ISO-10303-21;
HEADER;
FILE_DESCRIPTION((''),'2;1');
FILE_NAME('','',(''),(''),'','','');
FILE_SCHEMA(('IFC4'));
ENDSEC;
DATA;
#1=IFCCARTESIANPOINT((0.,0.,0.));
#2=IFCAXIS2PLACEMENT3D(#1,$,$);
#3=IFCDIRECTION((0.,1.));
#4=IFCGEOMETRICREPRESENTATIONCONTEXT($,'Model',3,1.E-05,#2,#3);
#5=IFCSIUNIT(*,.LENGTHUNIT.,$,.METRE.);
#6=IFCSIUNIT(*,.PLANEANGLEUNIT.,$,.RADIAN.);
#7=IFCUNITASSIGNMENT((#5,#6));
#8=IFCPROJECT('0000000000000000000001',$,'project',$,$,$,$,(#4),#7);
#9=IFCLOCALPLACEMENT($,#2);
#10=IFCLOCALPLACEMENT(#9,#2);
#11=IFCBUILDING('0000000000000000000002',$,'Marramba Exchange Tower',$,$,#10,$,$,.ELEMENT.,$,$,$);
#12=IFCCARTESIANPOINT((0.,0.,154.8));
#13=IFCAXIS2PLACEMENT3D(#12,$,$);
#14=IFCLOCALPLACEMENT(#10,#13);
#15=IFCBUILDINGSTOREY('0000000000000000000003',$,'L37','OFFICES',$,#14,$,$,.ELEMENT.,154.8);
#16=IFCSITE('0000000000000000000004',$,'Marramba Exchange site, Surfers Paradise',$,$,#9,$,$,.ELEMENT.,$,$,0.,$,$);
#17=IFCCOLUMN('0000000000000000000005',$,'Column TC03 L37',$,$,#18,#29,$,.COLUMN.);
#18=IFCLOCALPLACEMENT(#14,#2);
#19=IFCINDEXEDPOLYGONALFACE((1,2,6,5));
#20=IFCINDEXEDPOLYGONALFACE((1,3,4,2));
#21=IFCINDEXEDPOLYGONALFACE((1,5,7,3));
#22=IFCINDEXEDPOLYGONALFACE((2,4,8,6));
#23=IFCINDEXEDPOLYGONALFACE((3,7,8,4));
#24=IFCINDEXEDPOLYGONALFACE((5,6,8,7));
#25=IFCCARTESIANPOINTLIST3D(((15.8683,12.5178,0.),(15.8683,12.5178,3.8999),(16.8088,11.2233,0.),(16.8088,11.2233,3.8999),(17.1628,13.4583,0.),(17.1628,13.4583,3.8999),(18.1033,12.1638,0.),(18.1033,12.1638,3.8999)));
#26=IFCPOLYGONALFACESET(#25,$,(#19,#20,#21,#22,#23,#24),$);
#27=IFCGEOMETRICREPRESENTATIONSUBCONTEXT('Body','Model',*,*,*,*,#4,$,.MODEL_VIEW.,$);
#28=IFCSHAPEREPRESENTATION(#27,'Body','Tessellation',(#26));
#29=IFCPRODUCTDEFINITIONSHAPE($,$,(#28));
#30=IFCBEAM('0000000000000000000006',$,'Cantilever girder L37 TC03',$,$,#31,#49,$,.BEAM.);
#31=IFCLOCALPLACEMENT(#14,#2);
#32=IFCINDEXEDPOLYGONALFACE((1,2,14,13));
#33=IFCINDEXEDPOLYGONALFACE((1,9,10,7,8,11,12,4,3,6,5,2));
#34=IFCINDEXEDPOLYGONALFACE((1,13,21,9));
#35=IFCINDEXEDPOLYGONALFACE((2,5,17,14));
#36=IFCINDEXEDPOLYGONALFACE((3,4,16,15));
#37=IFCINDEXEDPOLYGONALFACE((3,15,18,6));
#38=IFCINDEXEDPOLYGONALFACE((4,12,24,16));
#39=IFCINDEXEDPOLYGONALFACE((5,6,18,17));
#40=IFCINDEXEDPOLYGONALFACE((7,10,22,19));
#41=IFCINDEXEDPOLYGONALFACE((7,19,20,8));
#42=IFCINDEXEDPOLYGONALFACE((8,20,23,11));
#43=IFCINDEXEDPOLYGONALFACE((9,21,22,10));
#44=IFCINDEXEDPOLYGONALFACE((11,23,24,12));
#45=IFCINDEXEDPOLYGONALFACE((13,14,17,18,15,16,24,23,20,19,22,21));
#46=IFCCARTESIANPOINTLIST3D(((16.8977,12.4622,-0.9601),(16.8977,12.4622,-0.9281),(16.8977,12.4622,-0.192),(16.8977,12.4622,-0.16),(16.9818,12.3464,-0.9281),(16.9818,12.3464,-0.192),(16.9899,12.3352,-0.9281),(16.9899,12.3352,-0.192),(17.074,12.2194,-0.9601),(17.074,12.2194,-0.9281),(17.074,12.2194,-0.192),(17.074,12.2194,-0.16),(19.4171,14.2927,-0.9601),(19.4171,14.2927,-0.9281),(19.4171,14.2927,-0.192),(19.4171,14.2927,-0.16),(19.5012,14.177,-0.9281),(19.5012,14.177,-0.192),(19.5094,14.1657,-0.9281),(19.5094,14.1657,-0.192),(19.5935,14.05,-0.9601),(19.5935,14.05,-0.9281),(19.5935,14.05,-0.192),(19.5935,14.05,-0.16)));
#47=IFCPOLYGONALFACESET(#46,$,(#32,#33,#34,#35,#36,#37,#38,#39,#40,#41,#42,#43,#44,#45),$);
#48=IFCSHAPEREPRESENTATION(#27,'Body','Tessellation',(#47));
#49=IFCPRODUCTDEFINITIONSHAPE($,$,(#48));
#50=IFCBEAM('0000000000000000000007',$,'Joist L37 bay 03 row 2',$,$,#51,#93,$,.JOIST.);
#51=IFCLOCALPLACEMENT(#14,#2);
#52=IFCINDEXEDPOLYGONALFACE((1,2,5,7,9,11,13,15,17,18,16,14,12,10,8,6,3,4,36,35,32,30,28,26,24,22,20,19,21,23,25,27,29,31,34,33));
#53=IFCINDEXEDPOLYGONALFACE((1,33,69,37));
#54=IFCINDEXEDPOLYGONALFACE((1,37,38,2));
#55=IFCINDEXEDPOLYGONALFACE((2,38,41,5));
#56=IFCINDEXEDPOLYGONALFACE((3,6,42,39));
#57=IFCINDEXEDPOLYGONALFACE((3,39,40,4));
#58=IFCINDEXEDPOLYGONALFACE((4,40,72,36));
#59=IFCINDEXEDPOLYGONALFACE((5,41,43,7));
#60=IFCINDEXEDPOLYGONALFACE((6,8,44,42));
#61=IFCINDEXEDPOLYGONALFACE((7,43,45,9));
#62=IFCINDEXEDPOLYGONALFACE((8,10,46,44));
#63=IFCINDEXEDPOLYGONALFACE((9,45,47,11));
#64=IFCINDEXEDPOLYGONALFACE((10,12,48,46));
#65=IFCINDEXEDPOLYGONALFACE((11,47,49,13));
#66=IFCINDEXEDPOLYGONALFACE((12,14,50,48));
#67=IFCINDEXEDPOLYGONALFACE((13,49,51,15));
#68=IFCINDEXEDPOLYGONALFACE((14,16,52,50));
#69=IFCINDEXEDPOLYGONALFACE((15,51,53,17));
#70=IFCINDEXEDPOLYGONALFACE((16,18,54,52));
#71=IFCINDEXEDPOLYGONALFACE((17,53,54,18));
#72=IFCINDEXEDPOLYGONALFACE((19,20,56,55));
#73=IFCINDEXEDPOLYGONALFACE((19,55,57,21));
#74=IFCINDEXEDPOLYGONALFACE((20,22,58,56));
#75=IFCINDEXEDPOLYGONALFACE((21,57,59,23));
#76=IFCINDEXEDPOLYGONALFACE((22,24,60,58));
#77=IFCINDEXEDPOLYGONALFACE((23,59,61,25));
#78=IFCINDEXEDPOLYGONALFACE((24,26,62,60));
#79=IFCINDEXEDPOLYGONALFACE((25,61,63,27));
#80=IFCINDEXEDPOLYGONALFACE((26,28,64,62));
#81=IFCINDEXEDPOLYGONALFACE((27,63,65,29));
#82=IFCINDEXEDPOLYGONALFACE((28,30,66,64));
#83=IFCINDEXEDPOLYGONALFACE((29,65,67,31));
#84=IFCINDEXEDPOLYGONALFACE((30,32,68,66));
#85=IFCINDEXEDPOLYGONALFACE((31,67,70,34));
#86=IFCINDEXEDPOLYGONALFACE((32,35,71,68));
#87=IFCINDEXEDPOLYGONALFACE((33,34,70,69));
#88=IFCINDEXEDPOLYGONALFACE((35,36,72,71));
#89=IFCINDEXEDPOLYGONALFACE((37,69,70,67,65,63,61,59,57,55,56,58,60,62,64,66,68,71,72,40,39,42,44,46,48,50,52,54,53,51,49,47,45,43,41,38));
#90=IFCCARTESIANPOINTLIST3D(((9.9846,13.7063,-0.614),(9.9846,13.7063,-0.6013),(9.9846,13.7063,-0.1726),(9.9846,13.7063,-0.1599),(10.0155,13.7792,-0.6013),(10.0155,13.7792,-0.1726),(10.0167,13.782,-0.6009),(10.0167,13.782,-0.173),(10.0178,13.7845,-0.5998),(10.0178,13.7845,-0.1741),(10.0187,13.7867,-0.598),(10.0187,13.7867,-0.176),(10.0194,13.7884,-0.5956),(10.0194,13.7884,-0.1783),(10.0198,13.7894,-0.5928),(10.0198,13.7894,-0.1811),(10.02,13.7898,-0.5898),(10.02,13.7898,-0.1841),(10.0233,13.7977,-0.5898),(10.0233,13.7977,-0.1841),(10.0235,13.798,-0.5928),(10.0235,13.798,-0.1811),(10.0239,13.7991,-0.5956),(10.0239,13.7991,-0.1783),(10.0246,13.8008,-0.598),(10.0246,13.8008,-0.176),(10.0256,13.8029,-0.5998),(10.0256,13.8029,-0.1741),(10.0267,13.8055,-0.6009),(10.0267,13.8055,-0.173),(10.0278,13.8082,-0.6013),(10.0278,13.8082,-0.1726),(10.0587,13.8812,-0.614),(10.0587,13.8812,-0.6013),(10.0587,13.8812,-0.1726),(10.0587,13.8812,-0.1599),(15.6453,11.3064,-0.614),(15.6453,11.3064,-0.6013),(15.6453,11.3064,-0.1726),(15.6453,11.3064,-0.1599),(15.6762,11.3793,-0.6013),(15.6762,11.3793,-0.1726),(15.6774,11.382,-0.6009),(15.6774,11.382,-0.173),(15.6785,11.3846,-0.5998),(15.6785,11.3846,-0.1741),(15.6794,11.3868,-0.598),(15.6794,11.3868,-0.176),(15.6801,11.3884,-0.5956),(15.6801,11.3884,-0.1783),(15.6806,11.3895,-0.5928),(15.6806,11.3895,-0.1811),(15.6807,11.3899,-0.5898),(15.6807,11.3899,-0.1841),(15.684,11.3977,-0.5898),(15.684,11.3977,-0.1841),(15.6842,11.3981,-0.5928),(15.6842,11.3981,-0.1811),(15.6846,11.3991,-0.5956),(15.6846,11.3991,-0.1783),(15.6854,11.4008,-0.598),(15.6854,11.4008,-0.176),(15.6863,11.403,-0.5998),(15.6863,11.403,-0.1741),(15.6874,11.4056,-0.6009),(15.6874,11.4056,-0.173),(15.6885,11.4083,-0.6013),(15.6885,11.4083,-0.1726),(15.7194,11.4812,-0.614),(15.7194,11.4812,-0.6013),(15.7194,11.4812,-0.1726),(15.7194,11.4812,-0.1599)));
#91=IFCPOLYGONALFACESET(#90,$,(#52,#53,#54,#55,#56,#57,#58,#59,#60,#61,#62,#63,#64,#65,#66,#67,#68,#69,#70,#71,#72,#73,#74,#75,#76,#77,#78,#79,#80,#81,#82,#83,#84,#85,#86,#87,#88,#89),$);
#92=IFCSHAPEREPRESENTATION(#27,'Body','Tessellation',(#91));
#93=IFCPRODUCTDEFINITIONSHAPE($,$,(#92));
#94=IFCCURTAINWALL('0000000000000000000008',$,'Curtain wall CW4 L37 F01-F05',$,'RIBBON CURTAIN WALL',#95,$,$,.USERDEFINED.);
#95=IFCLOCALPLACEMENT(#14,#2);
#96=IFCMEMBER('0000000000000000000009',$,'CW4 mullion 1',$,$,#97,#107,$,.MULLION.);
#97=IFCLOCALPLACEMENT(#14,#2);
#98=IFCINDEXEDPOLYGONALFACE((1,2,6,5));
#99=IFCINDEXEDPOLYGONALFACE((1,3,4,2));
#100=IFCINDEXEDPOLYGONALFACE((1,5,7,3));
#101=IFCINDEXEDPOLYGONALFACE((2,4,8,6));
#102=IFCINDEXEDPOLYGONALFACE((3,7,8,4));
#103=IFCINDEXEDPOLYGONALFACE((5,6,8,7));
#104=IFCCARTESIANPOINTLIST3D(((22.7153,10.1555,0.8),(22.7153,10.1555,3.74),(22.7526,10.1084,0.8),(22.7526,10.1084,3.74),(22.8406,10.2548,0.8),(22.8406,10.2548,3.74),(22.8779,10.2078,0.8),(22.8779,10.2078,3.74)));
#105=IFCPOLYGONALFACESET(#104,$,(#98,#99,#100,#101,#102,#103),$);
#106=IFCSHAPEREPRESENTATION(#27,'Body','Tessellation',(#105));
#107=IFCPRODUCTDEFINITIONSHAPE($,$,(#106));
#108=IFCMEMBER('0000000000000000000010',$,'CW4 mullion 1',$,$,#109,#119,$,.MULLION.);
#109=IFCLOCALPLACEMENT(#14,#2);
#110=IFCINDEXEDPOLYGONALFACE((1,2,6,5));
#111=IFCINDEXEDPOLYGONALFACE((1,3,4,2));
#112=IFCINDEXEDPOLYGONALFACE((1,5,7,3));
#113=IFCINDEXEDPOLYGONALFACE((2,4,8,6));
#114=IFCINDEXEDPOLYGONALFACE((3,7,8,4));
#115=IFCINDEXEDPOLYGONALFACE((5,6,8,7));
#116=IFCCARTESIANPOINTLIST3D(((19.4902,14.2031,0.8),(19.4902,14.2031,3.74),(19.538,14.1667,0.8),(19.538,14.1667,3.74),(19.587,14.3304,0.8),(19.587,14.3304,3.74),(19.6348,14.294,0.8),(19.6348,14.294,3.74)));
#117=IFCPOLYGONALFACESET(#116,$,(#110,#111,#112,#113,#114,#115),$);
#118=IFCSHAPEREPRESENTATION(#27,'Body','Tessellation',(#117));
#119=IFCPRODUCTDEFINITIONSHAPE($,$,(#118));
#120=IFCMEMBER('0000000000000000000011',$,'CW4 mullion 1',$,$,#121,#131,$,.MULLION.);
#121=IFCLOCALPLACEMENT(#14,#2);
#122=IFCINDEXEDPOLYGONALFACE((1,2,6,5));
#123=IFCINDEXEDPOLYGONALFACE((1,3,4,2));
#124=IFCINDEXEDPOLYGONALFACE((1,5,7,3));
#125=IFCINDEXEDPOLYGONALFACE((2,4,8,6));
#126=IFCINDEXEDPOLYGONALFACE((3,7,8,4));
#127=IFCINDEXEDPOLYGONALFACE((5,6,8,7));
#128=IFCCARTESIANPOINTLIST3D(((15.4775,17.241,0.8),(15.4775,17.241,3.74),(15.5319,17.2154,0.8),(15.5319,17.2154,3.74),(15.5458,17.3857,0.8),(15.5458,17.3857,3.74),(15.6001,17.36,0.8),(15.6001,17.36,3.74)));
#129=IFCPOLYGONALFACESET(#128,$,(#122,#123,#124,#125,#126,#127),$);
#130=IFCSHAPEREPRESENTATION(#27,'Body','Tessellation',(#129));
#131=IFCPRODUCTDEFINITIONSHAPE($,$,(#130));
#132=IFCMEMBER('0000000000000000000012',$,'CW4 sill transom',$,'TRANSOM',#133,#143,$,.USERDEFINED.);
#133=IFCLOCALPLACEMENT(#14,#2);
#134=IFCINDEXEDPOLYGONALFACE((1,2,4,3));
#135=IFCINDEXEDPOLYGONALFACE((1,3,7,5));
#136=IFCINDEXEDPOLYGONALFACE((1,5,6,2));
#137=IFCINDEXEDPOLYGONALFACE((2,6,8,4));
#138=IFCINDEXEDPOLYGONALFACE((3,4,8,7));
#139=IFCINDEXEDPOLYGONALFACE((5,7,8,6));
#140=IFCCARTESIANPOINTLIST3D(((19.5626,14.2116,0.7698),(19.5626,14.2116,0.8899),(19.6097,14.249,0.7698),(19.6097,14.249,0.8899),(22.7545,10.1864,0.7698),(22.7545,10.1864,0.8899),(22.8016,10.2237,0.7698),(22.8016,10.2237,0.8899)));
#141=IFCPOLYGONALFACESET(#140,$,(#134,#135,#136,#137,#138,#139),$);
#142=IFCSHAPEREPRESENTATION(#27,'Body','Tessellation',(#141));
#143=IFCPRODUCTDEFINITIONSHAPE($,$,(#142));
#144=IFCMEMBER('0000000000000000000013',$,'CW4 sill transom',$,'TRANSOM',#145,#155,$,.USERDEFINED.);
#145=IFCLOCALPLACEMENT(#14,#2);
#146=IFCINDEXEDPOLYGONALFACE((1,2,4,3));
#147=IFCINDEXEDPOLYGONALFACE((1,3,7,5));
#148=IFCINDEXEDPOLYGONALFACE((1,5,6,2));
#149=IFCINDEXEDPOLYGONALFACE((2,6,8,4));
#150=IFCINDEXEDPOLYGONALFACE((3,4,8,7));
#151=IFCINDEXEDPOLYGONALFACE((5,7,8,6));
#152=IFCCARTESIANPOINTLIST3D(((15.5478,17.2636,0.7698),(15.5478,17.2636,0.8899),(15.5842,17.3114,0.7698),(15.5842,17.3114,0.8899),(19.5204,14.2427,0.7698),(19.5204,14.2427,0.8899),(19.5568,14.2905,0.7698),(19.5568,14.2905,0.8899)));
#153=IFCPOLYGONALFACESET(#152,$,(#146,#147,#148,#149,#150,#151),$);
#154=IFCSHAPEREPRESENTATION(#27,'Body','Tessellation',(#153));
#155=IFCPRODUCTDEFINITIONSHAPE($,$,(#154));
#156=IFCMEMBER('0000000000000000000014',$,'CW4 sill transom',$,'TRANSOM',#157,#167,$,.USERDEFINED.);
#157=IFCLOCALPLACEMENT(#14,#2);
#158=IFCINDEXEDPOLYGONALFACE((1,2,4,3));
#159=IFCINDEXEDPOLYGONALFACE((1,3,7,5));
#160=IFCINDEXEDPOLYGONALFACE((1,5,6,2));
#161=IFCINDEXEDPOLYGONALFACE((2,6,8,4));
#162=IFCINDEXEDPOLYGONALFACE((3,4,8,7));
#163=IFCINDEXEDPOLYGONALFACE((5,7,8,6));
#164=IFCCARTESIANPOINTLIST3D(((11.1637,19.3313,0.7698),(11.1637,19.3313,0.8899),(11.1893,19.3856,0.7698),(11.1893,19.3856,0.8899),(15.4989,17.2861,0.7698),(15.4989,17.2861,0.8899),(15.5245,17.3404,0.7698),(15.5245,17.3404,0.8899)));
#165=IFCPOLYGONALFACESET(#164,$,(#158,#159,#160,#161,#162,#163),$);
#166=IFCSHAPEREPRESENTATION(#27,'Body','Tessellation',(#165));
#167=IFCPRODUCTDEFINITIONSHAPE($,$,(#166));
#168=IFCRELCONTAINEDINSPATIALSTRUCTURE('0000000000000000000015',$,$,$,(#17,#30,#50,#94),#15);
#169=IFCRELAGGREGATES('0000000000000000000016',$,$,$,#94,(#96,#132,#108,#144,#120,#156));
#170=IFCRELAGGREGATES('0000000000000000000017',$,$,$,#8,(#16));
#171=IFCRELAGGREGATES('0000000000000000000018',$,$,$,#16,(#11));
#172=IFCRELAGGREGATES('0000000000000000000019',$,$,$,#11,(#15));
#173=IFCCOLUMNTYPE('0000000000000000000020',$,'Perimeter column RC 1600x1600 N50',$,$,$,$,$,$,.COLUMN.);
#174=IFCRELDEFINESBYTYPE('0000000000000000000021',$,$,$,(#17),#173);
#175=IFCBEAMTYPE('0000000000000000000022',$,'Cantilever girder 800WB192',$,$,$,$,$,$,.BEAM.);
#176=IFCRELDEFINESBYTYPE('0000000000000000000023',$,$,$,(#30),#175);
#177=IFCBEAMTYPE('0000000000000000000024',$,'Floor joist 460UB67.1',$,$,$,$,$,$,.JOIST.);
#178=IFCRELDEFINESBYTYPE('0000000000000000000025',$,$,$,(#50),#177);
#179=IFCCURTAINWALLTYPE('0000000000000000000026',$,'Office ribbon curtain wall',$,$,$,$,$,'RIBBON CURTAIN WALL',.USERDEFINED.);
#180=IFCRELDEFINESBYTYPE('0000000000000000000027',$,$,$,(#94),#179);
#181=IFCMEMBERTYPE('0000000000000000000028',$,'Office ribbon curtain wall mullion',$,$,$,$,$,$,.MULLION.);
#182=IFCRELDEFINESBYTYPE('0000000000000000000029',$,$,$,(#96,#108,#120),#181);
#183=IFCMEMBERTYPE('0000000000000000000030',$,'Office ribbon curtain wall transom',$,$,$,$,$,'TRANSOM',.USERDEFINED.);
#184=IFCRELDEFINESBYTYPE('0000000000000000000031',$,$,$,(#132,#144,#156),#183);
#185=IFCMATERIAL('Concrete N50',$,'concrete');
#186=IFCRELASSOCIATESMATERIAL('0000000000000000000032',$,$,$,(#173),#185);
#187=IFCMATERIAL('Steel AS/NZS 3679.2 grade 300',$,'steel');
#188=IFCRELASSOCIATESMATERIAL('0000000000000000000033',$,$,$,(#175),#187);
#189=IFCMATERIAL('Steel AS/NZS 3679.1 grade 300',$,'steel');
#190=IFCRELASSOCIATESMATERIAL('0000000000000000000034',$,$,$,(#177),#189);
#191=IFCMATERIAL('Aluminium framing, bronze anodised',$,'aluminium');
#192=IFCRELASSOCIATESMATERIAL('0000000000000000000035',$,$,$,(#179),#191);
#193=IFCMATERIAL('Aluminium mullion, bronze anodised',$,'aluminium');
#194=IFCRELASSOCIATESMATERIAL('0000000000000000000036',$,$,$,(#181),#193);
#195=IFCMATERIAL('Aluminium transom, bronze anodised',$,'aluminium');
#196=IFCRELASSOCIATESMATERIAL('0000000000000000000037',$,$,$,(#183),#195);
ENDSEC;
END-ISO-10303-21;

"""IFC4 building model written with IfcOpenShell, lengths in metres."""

from ifc_helpers import new_model, si_unit, direction, frame, origin, origin_2d, place, context, subcontext, project, spatial, rectangle, i_section, extrude, material, material_profile, profile_set, type_object, element, aggregate, save


model = new_model("IFC4")

# Units and contexts
model_context = context("Model", 3, precision=1e-05, world=origin(), true_north=direction((0.0, 1.0)))
body_context = subcontext(model_context, "Body", "Model", "MODEL_VIEW")
ifc_project = project(units=[si_unit("LENGTHUNIT", "METRE"), si_unit("PLANEANGLEUNIT", "RADIAN")], contexts=[model_context])

# Site, building, storey
site_placement = place(None, origin())
site = spatial("IfcSite", under=ifc_project, at=site_placement, Name="Marramba Exchange site, Surfers Paradise", CompositionType="ELEMENT", RefElevation=0.0)
building_placement = place(site_placement, origin())
building = spatial("IfcBuilding", under=site, at=building_placement, Name="Marramba Exchange Tower", CompositionType="ELEMENT")
storey_placement = place(building_placement, frame((0.0, 0.0, 154.8)))
storey = spatial("IfcBuildingStorey", under=building, at=storey_placement, Name="L37", Description="OFFICES", CompositionType="ELEMENT", Elevation=154.8)

# Column
ifc_material_1 = material(Name="Concrete N50", Category="concrete")
ifc_material_profile_1 = material_profile(ifc_material_1, rectangle(XDim=1.6001, YDim=1.6001, at=origin_2d()), Name="RC 1600x1600")
ifc_profile_set_1 = profile_set([ifc_material_profile_1], Name="Concrete N50")
column_type = type_object("IfcColumnType", Name="Perimeter column RC 1600x1600 N50", PredefinedType="COLUMN", material=ifc_profile_set_1)
column_placement = place(storey_placement, frame((16.9858, 12.3408, 0.0), z_axis=(0.0, 0.0, 1.0), x_axis=(0.809017, 0.587785, 0.0)))
element("IfcColumn", 1, at=column_placement, inside=storey, type_object=column_type, Name="Column TC03 L37", PredefinedType="COLUMN", context=body_context, shape_type="SweptSolid", body=[
    extrude(rectangle(XDim=1.6001, YDim=1.6001, at=origin_2d()), origin(), (0.0, 0.0, 1.0), 3.8999),
])

# Beams
ifc_material_2 = material(Name="Steel AS/NZS 3679.2 grade 300", Category="steel")
ifc_material_profile_2 = material_profile(ifc_material_2, i_section(OverallWidth=0.3, OverallDepth=0.8, WebThickness=0.0139, FlangeThickness=0.032, at=origin_2d()), Name="800WB192")
ifc_profile_set_2 = profile_set([ifc_material_profile_2], Name="Steel AS/NZS 3679.2 grade 300")
beam_type_1 = type_object("IfcBeamType", Name="Cantilever girder 800WB192", PredefinedType="BEAM", material=ifc_profile_set_2)
beam_1_placement = place(storey_placement, frame((16.9858, 12.3408, -0.5601), z_axis=(0.809014, 0.587789, 0.0), x_axis=(-0.587789, 0.809014, 0.0)))
element("IfcBeam", 2, at=beam_1_placement, inside=storey, type_object=beam_type_1, Name="Cantilever girder L37 TC03", PredefinedType="BEAM", context=body_context, shape_type="SweptSolid", body=[
    extrude(i_section(OverallWidth=0.3, OverallDepth=0.8, WebThickness=0.0139, FlangeThickness=0.032, at=origin_2d()), origin(), (0.0, 0.0, 1.0), 3.1143),
])
ifc_material_3 = material(Name="Steel AS/NZS 3679.1 grade 300", Category="steel")
ifc_material_profile_3 = material_profile(ifc_material_3, i_section(OverallWidth=0.1899, OverallDepth=0.4541, WebThickness=0.0085, FlangeThickness=0.0127, FilletRadius=0.0115, at=origin_2d()), Name="460UB67.1")
ifc_profile_set_3 = profile_set([ifc_material_profile_3], Name="Steel AS/NZS 3679.1 grade 300")
beam_type_2 = type_object("IfcBeamType", Name="Floor joist 460UB67.1", PredefinedType="JOIST", material=ifc_profile_set_3)
beam_2_placement = place(storey_placement, frame((15.6824, 11.3938, -0.387), z_axis=(-0.920674, 0.390332, 0.0), x_axis=(-0.390332, -0.920674, 0.0)))
element("IfcBeam", 3, at=beam_2_placement, inside=storey, type_object=beam_type_2, Name="Joist L37 bay 03 row 2", PredefinedType="JOIST", context=body_context, shape_type="SweptSolid", body=[
    extrude(i_section(OverallWidth=0.1899, OverallDepth=0.4541, WebThickness=0.0085, FlangeThickness=0.0127, FilletRadius=0.0115, at=origin_2d()), origin(), (0.0, 0.0, 1.0), 6.1484),
])

# Curtain wall, members
ifc_material_4 = material(Name="Aluminium framing, bronze anodised", Category="aluminium")
curtain_wall_type = type_object("IfcCurtainWallType", Name="Office ribbon curtain wall", ElementType="RIBBON CURTAIN WALL", PredefinedType="USERDEFINED", material=ifc_material_4)
curtain_wall_placement = place(storey_placement, origin())
curtain_wall = element("IfcCurtainWall", 4, at=curtain_wall_placement, inside=storey, type_object=curtain_wall_type, Name="Curtain wall CW4 L37 F01-F05", ObjectType="RIBBON CURTAIN WALL", PredefinedType="USERDEFINED")
ifc_material_5 = material(Name="Aluminium mullion, bronze anodised", Category="aluminium")
ifc_material_profile_4 = material_profile(ifc_material_5, rectangle(XDim=0.1599, YDim=0.0601, at=origin_2d()), Name="CW4 mullion 60x160")
ifc_profile_set_4 = profile_set([ifc_material_profile_4], Name="Aluminium mullion, bronze anodised")
member_type_1 = type_object("IfcMemberType", Name="Office ribbon curtain wall mullion", PredefinedType="MULLION", material=ifc_profile_set_4)
member_1_placement = place(storey_placement, frame((22.7966, 10.1816, 0.8), z_axis=(0.0, 0.0, 1.0), x_axis=(-0.783563, -0.621312, 0.0)))
member_1 = element("IfcMember", 5, at=member_1_placement, type_object=member_type_1, Name="CW4 mullion 1", PredefinedType="MULLION", context=body_context, shape_type="SweptSolid", body=[
    extrude(rectangle(XDim=0.1599, YDim=0.0601, at=origin_2d()), origin(), (0.0, 0.0, 1.0), 2.9399),
])
member_2_placement = place(storey_placement, frame((19.5625, 14.2485, 0.8), z_axis=(0.0, 0.0, 1.0), x_axis=(-0.605334, -0.795972, 0.0)))
member_2 = element("IfcMember", 6, at=member_2_placement, type_object=member_type_1, Name="CW4 mullion 1", PredefinedType="MULLION", context=body_context, shape_type="SweptSolid", body=[
    extrude(rectangle(XDim=0.1599, YDim=0.0601, at=origin_2d()), origin(), (0.0, 0.0, 1.0), 2.9399),
])
member_3_placement = place(storey_placement, frame((15.5388, 17.3005, 0.8), z_axis=(0.0, 0.0, 1.0), x_axis=(-0.426679, -0.904403, 0.0)))
member_3 = element("IfcMember", 7, at=member_3_placement, type_object=member_type_1, Name="CW4 mullion 1", PredefinedType="MULLION", context=body_context, shape_type="SweptSolid", body=[
    extrude(rectangle(XDim=0.1599, YDim=0.0601, at=origin_2d()), origin(), (0.0, 0.0, 1.0), 2.9399),
])
ifc_material_6 = material(Name="Aluminium transom, bronze anodised", Category="aluminium")
ifc_material_profile_5 = material_profile(ifc_material_6, rectangle(XDim=0.0601, YDim=0.1201, at=origin_2d()), Name="CW4 transom 60x120")
ifc_profile_set_5 = profile_set([ifc_material_profile_5], Name="Aluminium transom, bronze anodised")
member_type_2 = type_object("IfcMemberType", Name="Office ribbon curtain wall transom", ElementType="TRANSOM", PredefinedType="USERDEFINED", material=ifc_profile_set_5)
member_4_placement = place(storey_placement, frame((22.7781, 10.2051, 0.8298), z_axis=(-0.621339, 0.783542, 0.0), x_axis=(-0.783542, -0.621339, 0.0)))
member_4 = element("IfcMember", 8, at=member_4_placement, type_object=member_type_2, Name="CW4 sill transom", ObjectType="TRANSOM", PredefinedType="USERDEFINED", context=body_context, shape_type="SweptSolid", body=[
    extrude(rectangle(XDim=0.0601, YDim=0.1201, at=origin_2d()), origin(), (0.0, 0.0, 1.0), 5.1372),
])
member_5_placement = place(storey_placement, frame((19.5386, 14.2666, 0.8298), z_axis=(-0.795991, 0.605309, 0.0), x_axis=(-0.605309, -0.795991, 0.0)))
member_5 = element("IfcMember", 9, at=member_5_placement, type_object=member_type_2, Name="CW4 sill transom", ObjectType="TRANSOM", PredefinedType="USERDEFINED", context=body_context, shape_type="SweptSolid", body=[
    extrude(rectangle(XDim=0.0601, YDim=0.1201, at=origin_2d()), origin(), (0.0, 0.0, 1.0), 4.9907),
])
member_6_placement = place(storey_placement, frame((15.5117, 17.3132, 0.8298), z_axis=(-0.904411, 0.426663, 0.0), x_axis=(-0.426663, -0.904411, 0.0)))
member_6 = element("IfcMember", 10, at=member_6_placement, type_object=member_type_2, Name="CW4 sill transom", ObjectType="TRANSOM", PredefinedType="USERDEFINED", context=body_context, shape_type="SweptSolid", body=[
    extrude(rectangle(XDim=0.0601, YDim=0.1201, at=origin_2d()), origin(), (0.0, 0.0, 1.0), 4.7935),
])

aggregate(curtain_wall, [member_1, member_4, member_2, member_5, member_3, member_6])

save(model, "model.ifc")
